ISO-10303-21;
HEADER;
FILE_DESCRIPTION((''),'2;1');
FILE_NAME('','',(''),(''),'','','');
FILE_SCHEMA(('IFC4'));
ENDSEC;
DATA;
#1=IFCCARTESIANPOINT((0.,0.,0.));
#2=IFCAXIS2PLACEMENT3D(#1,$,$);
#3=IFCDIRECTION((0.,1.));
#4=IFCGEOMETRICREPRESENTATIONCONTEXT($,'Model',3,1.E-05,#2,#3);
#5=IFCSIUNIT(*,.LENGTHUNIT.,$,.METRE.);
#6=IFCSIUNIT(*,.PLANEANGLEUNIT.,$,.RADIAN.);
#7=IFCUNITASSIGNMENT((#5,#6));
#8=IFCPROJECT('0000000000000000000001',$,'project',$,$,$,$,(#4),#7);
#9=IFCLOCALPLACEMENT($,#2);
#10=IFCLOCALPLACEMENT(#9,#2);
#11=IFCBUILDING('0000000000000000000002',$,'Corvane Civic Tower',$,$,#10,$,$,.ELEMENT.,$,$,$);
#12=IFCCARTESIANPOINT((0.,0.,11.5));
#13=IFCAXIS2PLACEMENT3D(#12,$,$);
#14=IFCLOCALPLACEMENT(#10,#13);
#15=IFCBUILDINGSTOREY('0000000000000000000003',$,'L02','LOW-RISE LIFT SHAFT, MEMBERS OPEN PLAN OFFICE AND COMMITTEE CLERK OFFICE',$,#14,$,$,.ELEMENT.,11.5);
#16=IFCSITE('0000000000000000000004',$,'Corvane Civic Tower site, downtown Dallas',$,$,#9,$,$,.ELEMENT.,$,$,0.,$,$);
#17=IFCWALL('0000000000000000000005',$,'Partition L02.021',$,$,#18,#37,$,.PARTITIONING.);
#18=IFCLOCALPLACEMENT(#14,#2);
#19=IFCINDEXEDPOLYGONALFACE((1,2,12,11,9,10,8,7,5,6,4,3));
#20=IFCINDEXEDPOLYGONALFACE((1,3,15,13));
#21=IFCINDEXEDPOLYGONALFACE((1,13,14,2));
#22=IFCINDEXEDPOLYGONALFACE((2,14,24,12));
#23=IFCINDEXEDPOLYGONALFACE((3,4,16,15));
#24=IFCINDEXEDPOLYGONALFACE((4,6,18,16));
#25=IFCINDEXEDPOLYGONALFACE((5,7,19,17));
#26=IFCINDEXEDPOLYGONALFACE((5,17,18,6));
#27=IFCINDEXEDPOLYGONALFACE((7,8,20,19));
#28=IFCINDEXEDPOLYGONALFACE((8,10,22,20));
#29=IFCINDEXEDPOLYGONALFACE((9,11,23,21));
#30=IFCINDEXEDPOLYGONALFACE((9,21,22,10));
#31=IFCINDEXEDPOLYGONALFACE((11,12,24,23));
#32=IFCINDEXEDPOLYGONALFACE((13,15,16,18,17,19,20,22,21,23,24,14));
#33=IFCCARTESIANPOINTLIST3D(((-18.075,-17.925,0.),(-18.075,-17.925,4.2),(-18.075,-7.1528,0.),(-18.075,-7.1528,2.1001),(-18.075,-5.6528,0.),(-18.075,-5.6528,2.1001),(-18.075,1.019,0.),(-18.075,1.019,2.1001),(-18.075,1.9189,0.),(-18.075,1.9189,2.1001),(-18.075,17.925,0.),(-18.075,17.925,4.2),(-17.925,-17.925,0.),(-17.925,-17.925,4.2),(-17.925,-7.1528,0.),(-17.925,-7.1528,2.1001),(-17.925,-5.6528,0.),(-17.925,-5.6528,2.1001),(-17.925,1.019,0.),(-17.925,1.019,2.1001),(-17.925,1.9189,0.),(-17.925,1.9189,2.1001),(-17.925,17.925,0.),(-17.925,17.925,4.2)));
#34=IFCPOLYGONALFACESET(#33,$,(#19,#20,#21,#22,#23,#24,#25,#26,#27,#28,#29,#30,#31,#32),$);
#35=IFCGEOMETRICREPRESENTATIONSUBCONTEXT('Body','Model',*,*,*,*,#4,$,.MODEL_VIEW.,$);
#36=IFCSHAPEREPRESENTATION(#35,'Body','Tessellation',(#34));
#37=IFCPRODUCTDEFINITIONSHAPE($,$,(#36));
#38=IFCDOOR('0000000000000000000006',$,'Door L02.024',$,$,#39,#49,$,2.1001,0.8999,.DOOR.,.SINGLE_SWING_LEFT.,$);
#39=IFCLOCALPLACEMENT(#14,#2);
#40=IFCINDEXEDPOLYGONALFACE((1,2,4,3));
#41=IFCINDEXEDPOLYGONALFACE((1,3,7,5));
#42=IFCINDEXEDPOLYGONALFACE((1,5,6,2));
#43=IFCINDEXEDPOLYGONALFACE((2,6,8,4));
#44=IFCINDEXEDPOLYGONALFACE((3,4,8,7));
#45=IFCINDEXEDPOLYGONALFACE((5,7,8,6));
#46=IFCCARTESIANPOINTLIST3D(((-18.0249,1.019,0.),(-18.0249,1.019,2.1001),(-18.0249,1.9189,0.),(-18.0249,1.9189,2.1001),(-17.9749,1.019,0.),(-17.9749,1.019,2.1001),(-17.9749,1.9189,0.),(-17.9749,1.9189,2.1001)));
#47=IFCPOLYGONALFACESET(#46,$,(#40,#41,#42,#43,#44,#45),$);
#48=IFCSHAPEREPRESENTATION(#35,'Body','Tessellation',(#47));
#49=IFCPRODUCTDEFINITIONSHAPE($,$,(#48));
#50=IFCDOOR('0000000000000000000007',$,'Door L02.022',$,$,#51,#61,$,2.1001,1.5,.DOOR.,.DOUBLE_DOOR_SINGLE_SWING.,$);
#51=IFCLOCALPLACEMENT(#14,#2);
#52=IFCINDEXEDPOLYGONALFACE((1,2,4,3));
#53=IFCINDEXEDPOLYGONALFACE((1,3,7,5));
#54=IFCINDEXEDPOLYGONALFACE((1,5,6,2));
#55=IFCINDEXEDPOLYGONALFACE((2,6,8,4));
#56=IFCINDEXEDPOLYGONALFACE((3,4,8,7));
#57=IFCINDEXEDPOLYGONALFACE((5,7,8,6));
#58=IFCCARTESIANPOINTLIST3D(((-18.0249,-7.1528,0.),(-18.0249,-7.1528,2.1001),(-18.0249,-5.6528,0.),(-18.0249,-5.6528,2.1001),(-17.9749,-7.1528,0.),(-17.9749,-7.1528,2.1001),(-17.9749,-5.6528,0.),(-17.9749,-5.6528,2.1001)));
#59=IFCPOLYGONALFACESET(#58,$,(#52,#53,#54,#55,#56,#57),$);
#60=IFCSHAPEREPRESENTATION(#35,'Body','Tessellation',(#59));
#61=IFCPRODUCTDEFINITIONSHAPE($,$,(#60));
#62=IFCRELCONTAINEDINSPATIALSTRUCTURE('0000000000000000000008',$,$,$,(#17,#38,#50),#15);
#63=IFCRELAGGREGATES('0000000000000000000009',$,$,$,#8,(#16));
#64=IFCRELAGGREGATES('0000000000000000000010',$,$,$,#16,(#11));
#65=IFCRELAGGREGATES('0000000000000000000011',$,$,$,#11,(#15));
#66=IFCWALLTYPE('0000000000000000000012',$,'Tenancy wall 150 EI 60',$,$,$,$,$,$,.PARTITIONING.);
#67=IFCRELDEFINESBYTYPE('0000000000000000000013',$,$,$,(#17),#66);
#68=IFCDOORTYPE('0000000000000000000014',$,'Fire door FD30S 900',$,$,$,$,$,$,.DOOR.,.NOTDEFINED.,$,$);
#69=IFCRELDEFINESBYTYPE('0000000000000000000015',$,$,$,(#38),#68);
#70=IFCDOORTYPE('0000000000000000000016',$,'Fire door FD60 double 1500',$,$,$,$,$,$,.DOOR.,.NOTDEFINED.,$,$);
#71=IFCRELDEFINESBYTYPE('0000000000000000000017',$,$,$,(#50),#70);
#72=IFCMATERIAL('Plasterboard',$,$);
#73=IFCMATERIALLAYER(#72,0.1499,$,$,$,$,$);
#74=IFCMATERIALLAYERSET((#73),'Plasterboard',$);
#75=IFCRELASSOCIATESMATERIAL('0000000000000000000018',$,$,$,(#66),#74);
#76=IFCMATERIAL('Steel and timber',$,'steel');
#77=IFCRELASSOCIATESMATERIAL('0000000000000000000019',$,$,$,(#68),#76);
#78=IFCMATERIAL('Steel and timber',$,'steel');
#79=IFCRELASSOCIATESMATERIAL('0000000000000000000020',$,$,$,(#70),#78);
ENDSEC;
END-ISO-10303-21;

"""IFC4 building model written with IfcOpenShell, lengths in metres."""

from ifc_helpers import new_model, si_unit, direction, frame, frame_2d, origin, place, context, subcontext, project, spatial, rectangle, extrude, material, layer, layer_set, type_object, element, fill, save


model = new_model("IFC4")

# Units and contexts
model_context = context("Model", 3, precision=1e-05, world=origin(), true_north=direction((0.0, 1.0)))
body_context = subcontext(model_context, "Body", "Model", "MODEL_VIEW")
ifc_project = project(units=[si_unit("LENGTHUNIT", "METRE"), si_unit("PLANEANGLEUNIT", "RADIAN")], contexts=[model_context])

# Site, building, storey
site_placement = place(None, origin())
site = spatial("IfcSite", under=ifc_project, at=site_placement, Name="Corvane Civic Tower site, downtown Dallas", CompositionType="ELEMENT", RefElevation=0.0)
building_placement = place(site_placement, origin())
building = spatial("IfcBuilding", under=site, at=building_placement, Name="Corvane Civic Tower", CompositionType="ELEMENT")
storey_placement = place(building_placement, frame((0.0, 0.0, 11.5)))
storey = spatial("IfcBuildingStorey", under=building, at=storey_placement, Name="L02", Description="LOW-RISE LIFT SHAFT, MEMBERS OPEN PLAN OFFICE AND COMMITTEE CLERK OFFICE", CompositionType="ELEMENT", Elevation=11.5)

# Wall, openings, doors
ifc_material_1 = material(Name="Plasterboard")
ifc_layer_1 = layer(ifc_material_1, 0.1499)
ifc_layer_set_1 = layer_set([ifc_layer_1], Name="Plasterboard")
wall_type_1 = type_object("IfcWallType", Name="Tenancy wall 150 EI 60", PredefinedType="PARTITIONING", material=ifc_layer_set_1)
ifc_material_2 = material(Name="Steel and timber", Category="steel")
door_type_1 = type_object("IfcDoorType", Name="Fire door FD30S 900", OperationType="NOTDEFINED", PredefinedType="DOOR", material=ifc_material_2)
ifc_material_3 = material(Name="Steel and timber", Category="steel")
door_type_2 = type_object("IfcDoorType", Name="Fire door FD60 double 1500", OperationType="NOTDEFINED", PredefinedType="DOOR", material=ifc_material_3)
wall_1_placement = place(storey_placement, frame((-18.0, -17.925, 0.0), z_axis=(0.0, 0.0, 1.0), x_axis=(0.0, 1.0, 0.0)))
wall_1 = element("IfcWall", 1, at=wall_1_placement, inside=storey, type_object=wall_type_1, Name="Partition L02.021", PredefinedType="PARTITIONING", context=body_context, shape_type="SweptSolid", body=[
    extrude(rectangle(XDim=35.8501, YDim=0.1499, at=frame_2d((17.925, 0.0))), origin(), (0.0, 0.0, 1.0), 4.2),
])
opening_1_placement = place(wall_1_placement, frame((10.7722, 0.0, 0.0)))
opening_1 = element("IfcOpeningElement", 2, at=opening_1_placement, cuts=wall_1, PredefinedType="OPENING", context=body_context, shape_type="SweptSolid", body=[
    extrude(rectangle(XDim=1.5, YDim=2.1001, at=frame_2d((0.75, 1.05))), frame((0.0, 0.085, 0.0), z_axis=(0.0, -1.0, 0.0), x_axis=(1.0, 0.0, 0.0)), (0.0, 0.0, 1.0), 0.1699),
])
opening_2_placement = place(wall_1_placement, frame((18.9441, 0.0, 0.0)))
opening_2 = element("IfcOpeningElement", 3, at=opening_2_placement, cuts=wall_1, PredefinedType="OPENING", context=body_context, shape_type="SweptSolid", body=[
    extrude(rectangle(XDim=0.8999, YDim=2.1001, at=frame_2d((0.45, 1.05))), frame((0.0, 0.085, 0.0), z_axis=(0.0, -1.0, 0.0), x_axis=(1.0, 0.0, 0.0)), (0.0, 0.0, 1.0), 0.1699),
])
door_1_placement = place(opening_2_placement, origin())
door_1 = element("IfcDoor", 4, at=door_1_placement, inside=storey, type_object=door_type_1, Name="Door L02.024", OperationType="SINGLE_SWING_LEFT", OverallHeight=2.1001, OverallWidth=0.8999, PredefinedType="DOOR", context=body_context, shape_type="SweptSolid", body=[
    extrude(rectangle(XDim=0.8999, YDim=2.1001, at=frame_2d((0.45, 1.05))), frame((0.0, 0.0249, 0.0), z_axis=(0.0, -1.0, 0.0), x_axis=(1.0, 0.0, 0.0)), (0.0, 0.0, 1.0), 0.05),
])
fill(opening_2, door_1)
door_2_placement = place(opening_1_placement, origin())
door_2 = element("IfcDoor", 5, at=door_2_placement, inside=storey, type_object=door_type_2, Name="Door L02.022", OperationType="DOUBLE_DOOR_SINGLE_SWING", OverallHeight=2.1001, OverallWidth=1.5, PredefinedType="DOOR", context=body_context, shape_type="SweptSolid", body=[
    extrude(rectangle(XDim=1.5, YDim=2.1001, at=frame_2d((0.75, 1.05))), frame((0.0, 0.0249, 0.0), z_axis=(0.0, -1.0, 0.0), x_axis=(1.0, 0.0, 0.0)), (0.0, 0.0, 1.0), 0.05),
])
fill(opening_1, door_2)

save(model, "model.ifc")
